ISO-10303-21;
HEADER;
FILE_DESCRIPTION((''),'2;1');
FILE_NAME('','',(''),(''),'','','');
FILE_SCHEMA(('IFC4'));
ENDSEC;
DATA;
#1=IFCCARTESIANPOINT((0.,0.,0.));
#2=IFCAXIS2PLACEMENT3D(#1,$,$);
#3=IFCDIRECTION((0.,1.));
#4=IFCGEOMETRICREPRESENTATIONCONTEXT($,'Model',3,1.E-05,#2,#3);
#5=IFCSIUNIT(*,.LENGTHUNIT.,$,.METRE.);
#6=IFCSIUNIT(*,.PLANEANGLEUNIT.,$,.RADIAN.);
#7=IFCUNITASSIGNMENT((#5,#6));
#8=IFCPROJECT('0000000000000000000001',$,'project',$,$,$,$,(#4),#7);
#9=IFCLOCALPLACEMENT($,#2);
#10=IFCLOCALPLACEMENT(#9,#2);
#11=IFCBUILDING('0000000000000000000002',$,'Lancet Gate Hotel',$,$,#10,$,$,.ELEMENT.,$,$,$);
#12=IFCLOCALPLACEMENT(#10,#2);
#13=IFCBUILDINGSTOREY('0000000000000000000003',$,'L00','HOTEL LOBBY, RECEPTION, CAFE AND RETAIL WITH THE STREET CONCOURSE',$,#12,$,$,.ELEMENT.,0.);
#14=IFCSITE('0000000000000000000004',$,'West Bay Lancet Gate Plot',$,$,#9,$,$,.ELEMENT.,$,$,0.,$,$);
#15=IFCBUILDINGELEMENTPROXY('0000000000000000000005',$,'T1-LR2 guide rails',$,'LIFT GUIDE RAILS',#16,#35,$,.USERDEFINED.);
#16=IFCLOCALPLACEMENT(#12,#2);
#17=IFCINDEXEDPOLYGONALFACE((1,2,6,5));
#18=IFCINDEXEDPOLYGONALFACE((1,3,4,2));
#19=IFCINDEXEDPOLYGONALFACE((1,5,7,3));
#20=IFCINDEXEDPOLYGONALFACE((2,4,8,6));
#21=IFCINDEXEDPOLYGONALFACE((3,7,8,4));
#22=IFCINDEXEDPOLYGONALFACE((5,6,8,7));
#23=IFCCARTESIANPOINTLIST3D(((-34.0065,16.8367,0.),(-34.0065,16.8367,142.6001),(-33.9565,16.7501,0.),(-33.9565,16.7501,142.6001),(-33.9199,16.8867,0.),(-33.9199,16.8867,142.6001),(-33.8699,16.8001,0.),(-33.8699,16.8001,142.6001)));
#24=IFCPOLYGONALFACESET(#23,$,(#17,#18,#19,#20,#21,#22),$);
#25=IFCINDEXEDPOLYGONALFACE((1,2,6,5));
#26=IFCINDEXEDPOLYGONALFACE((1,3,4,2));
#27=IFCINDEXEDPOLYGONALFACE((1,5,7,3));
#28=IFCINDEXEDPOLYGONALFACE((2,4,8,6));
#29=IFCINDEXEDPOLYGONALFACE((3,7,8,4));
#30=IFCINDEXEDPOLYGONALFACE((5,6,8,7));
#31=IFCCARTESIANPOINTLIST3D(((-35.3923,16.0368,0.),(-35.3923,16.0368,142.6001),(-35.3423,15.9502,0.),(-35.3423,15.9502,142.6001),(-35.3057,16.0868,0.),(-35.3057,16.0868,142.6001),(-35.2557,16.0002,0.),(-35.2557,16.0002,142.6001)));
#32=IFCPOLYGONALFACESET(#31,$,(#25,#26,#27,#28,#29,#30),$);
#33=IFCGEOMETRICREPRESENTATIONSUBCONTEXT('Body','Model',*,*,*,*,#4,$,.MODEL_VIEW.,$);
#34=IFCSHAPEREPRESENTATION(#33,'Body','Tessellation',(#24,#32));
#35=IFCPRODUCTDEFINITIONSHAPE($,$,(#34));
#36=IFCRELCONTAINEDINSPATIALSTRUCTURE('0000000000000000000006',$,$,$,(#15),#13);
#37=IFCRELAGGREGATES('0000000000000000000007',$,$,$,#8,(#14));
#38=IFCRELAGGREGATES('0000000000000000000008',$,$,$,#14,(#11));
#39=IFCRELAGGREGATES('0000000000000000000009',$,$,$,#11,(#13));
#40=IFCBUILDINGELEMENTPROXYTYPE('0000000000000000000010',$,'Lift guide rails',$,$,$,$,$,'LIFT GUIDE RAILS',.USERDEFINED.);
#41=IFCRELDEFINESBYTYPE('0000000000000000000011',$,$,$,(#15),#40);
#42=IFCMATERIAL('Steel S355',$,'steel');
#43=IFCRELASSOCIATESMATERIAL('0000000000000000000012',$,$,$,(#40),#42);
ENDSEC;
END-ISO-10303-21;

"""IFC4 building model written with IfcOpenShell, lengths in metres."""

from ifc_helpers import new_model, si_unit, direction, frame, origin, origin_2d, place, context, subcontext, project, spatial, rectangle, extrude, material, type_object, element, save


model = new_model("IFC4")

# Units and contexts
model_context = context("Model", 3, precision=1e-05, world=origin(), true_north=direction((0.0, 1.0)))
body_context = subcontext(model_context, "Body", "Model", "MODEL_VIEW")
ifc_project = project(units=[si_unit("LENGTHUNIT", "METRE"), si_unit("PLANEANGLEUNIT", "RADIAN")], contexts=[model_context])

# Site, building, storey
site_placement = place(None, origin())
site = spatial("IfcSite", under=ifc_project, at=site_placement, Name="West Bay Lancet Gate Plot", CompositionType="ELEMENT", RefElevation=0.0)
building_placement = place(site_placement, origin())
building = spatial("IfcBuilding", under=site, at=building_placement, Name="Lancet Gate Hotel", CompositionType="ELEMENT")
storey_placement = place(building_placement, origin())
storey = spatial("IfcBuildingStorey", under=building, at=storey_placement, Name="L00", Description="HOTEL LOBBY, RECEPTION, CAFE AND RETAIL WITH THE STREET CONCOURSE", CompositionType="ELEMENT", Elevation=0.0)

# Building element proxy
ifc_material_1 = material(Name="Steel S355", Category="steel")
building_element_proxy_type = type_object("IfcBuildingElementProxyType", Name="Lift guide rails", ElementType="LIFT GUIDE RAILS", PredefinedType="USERDEFINED", material=ifc_material_1)
for number, where, z_axis, x_axis, name in (
    (1, (-34.6311, 16.4185, 0.0), (0.0, 0.0, 1.0), (-0.499917, 0.866073, 0.0), "T1-LR2 guide rails"),
):
    element("IfcBuildingElementProxy", number, at=place(storey_placement, frame(where, z_axis=z_axis, x_axis=x_axis)), inside=storey, type_object=building_element_proxy_type, Name=name, ObjectType="LIFT GUIDE RAILS", PredefinedType="USERDEFINED", context=body_context, shape_type="SweptSolid", body=[
        extrude(rectangle(XDim=0.1, YDim=0.1, at=origin_2d()), frame((0.0, -0.8, 0.0)), (0.0, 0.0, 1.0), 142.6001),
        extrude(rectangle(XDim=0.1, YDim=0.1, at=origin_2d()), frame((0.0, 0.8, 0.0)), (0.0, 0.0, 1.0), 142.6001),
    ])

save(model, "model.ifc")
